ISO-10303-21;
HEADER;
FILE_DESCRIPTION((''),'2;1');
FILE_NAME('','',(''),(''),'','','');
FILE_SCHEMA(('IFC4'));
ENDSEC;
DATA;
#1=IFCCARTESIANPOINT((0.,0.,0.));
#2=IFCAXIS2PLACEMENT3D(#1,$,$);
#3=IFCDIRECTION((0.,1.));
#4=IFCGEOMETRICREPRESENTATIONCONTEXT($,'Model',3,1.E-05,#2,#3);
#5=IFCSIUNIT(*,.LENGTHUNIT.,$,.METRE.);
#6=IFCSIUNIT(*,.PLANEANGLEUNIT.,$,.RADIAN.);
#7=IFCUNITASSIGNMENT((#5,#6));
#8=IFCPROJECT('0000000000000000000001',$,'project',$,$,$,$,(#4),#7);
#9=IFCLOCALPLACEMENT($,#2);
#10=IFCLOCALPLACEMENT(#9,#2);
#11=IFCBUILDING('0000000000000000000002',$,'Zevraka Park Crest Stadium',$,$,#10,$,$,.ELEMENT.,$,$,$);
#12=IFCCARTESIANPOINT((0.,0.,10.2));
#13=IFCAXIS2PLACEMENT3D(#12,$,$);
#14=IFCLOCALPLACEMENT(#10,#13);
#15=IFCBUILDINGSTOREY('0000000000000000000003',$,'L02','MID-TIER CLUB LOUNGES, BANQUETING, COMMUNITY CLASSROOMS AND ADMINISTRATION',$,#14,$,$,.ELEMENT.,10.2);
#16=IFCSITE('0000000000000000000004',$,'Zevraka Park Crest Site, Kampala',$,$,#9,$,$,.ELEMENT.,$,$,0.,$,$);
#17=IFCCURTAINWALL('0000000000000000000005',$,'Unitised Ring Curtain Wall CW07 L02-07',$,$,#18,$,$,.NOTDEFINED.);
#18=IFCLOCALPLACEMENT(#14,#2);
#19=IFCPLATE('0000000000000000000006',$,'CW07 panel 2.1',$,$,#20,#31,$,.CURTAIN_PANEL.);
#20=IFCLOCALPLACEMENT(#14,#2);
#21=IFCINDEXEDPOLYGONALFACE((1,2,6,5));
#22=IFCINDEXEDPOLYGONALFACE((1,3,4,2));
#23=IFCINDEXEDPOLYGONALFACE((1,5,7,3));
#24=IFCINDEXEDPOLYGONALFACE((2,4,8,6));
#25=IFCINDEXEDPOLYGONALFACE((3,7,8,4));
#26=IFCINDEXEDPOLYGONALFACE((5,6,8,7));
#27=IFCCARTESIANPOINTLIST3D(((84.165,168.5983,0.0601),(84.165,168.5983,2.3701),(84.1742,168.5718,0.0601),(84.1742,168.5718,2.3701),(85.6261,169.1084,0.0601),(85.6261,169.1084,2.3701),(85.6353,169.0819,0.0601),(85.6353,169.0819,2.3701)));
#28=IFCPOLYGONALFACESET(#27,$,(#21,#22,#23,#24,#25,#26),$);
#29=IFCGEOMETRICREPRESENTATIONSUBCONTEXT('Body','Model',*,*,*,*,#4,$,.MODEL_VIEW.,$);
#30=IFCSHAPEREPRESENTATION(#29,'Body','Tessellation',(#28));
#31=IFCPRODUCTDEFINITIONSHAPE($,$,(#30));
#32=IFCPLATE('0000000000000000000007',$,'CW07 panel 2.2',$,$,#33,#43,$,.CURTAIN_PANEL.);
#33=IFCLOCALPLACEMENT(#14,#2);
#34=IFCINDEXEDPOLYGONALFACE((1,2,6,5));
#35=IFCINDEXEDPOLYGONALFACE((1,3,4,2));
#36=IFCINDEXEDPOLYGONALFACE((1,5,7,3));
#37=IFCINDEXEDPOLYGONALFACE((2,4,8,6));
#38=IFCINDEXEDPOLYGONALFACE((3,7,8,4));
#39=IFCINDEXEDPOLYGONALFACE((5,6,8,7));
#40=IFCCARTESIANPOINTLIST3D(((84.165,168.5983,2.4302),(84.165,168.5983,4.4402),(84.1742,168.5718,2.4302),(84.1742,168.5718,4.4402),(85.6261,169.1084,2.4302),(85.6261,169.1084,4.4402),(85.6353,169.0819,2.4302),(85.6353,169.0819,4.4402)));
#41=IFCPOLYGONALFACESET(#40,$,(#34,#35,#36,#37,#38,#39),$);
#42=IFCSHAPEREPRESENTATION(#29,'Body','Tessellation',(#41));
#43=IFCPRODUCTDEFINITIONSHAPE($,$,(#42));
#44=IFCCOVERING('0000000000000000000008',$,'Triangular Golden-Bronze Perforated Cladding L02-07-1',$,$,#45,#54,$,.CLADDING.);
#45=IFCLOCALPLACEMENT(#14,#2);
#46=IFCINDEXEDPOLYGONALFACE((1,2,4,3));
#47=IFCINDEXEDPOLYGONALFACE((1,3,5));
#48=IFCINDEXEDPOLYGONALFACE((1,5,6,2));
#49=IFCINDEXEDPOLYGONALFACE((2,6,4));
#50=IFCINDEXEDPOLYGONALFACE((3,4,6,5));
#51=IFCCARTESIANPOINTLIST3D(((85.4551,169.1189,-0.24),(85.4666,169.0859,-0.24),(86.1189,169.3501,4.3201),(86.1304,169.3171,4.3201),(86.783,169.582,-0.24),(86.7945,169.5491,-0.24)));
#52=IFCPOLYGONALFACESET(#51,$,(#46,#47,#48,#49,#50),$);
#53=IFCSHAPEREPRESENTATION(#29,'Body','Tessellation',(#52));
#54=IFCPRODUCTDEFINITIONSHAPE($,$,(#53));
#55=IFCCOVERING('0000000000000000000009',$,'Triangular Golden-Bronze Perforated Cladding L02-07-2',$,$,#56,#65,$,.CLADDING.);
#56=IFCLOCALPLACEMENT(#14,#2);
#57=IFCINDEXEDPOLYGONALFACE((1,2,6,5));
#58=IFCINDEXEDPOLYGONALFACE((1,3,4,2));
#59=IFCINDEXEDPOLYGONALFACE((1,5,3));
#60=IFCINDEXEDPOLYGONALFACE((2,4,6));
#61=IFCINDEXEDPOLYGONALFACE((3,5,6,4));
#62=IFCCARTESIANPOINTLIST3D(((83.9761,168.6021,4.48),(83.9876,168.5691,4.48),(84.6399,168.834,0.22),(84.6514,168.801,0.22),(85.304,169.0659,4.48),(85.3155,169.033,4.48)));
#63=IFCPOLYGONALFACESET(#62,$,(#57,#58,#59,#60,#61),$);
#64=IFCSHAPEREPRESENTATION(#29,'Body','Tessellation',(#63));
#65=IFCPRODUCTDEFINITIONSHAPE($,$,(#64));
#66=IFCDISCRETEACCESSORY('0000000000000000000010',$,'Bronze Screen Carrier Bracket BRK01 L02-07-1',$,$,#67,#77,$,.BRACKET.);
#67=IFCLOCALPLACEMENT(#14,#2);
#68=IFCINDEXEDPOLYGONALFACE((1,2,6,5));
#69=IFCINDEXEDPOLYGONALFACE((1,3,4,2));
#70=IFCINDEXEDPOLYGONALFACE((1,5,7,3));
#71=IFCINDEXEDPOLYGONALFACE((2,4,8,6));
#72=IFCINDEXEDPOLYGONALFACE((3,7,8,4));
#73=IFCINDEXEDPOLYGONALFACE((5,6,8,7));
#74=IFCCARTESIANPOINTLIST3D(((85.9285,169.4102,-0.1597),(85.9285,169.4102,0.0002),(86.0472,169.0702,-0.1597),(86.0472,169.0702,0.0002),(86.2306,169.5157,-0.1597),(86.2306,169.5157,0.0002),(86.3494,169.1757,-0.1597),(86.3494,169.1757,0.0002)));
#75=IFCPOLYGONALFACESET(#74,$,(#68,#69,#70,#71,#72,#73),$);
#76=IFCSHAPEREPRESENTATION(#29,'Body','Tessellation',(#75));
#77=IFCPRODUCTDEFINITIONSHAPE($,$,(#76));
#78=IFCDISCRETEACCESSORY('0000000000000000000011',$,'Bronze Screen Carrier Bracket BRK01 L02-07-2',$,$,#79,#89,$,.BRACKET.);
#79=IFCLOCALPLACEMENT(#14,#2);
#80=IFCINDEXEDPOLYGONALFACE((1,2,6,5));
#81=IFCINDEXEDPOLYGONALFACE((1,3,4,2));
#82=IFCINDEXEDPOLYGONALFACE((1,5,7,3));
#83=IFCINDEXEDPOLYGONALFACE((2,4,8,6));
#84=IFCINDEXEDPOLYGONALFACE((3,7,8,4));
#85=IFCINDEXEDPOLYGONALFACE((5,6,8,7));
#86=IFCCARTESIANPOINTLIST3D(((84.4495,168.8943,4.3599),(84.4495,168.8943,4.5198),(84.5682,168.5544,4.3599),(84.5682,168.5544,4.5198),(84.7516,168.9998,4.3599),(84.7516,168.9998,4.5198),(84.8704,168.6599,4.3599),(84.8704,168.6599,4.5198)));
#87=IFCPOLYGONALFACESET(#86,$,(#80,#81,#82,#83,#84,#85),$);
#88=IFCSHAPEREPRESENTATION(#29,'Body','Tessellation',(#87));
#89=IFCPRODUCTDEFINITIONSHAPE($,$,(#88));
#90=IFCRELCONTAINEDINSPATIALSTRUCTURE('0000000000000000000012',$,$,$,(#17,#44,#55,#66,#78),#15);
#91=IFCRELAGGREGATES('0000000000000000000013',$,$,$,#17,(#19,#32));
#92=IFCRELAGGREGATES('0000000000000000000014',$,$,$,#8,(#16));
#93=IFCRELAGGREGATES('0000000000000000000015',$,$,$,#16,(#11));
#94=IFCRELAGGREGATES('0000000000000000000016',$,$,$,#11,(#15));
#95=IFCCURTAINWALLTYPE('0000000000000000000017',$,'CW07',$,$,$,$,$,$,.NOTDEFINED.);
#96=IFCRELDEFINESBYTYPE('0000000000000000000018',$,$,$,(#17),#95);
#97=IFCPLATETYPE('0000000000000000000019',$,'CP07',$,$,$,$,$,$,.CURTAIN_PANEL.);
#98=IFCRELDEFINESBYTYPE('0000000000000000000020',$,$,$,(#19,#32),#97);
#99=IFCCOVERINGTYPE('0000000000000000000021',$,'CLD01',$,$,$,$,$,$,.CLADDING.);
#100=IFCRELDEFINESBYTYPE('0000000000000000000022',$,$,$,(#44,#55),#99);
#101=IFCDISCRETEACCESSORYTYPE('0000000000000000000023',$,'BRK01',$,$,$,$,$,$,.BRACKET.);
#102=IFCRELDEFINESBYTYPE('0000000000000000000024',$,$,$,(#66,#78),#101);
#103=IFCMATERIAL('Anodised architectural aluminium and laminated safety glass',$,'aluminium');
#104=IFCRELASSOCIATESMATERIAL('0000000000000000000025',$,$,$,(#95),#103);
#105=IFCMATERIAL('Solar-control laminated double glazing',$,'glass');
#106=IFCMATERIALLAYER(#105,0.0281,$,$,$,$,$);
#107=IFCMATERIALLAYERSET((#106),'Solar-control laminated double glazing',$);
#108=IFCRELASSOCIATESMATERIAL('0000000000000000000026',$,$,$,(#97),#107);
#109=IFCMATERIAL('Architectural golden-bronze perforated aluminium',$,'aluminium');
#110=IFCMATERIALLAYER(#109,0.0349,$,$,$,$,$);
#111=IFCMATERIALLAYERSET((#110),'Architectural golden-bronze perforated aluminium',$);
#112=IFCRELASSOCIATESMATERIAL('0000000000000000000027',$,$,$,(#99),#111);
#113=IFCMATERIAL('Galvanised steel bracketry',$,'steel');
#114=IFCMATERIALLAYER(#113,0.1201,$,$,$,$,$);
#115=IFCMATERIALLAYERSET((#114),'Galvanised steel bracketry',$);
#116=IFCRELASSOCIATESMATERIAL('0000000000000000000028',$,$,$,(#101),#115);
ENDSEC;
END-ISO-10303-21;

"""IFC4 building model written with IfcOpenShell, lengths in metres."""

from ifc_helpers import new_model, si_unit, direction, frame, origin, origin_2d, place, context, subcontext, project, spatial, polyline, rectangle, outline, extrude, material, layer, layer_set, type_object, element, aggregate, save


model = new_model("IFC4")

# Units and contexts
model_context = context("Model", 3, precision=1e-05, world=origin(), true_north=direction((0.0, 1.0)))
body_context = subcontext(model_context, "Body", "Model", "MODEL_VIEW")
ifc_project = project(units=[si_unit("LENGTHUNIT", "METRE"), si_unit("PLANEANGLEUNIT", "RADIAN")], contexts=[model_context])

# Site, building, storey
site_placement = place(None, origin())
site = spatial("IfcSite", under=ifc_project, at=site_placement, Name="Zevraka Park Crest Site, Kampala", CompositionType="ELEMENT", RefElevation=0.0)
building_placement = place(site_placement, origin())
building = spatial("IfcBuilding", under=site, at=building_placement, Name="Zevraka Park Crest Stadium", CompositionType="ELEMENT")
storey_placement = place(building_placement, frame((0.0, 0.0, 10.2)))
storey = spatial("IfcBuildingStorey", under=building, at=storey_placement, Name="L02", Description="MID-TIER CLUB LOUNGES, BANQUETING, COMMUNITY CLASSROOMS AND ADMINISTRATION", CompositionType="ELEMENT", Elevation=10.2)

# Curtain wall
ifc_material_1 = material(Name="Anodised architectural aluminium and laminated safety glass", Category="aluminium")
curtain_wall_type_1 = type_object("IfcCurtainWallType", Name="CW07", PredefinedType="NOTDEFINED", material=ifc_material_1)
curtain_wall_1_placement = place(storey_placement, origin())
curtain_wall_1 = element("IfcCurtainWall", 1, at=curtain_wall_1_placement, inside=storey, type_object=curtain_wall_type_1, Name="Unitised Ring Curtain Wall CW07 L02-07", PredefinedType="NOTDEFINED")

# Plates
ifc_material_2 = material(Name="Solar-control laminated double glazing", Category="glass")
ifc_layer_1 = layer(ifc_material_2, 0.0281)
ifc_layer_set_1 = layer_set([ifc_layer_1], Name="Solar-control laminated double glazing")
plate_type_1 = type_object("IfcPlateType", Name="CP07", PredefinedType="CURTAIN_PANEL", material=ifc_layer_set_1)
plate_1_placement = place(storey_placement, frame((84.9001, 168.8401, 0.0601), z_axis=(0.0, 0.0, 1.0), x_axis=(-0.944114, -0.329619, 0.0)))
plate_1 = element("IfcPlate", 2, at=plate_1_placement, type_object=plate_type_1, Name="CW07 panel 2.1", PredefinedType="CURTAIN_PANEL", context=body_context, shape_type="SweptSolid", body=[
    extrude(rectangle(XDim=1.5476, YDim=0.0281, at=origin_2d()), origin(), (0.0, 0.0, 1.0), 2.3101),
])
plate_2_placement = place(storey_placement, frame((84.9001, 168.8401, 2.4302), z_axis=(0.0, 0.0, 1.0), x_axis=(-0.944114, -0.329619, 0.0)))
plate_2 = element("IfcPlate", 3, at=plate_2_placement, type_object=plate_type_1, Name="CW07 panel 2.2", PredefinedType="CURTAIN_PANEL", context=body_context, shape_type="SweptSolid", body=[
    extrude(rectangle(XDim=1.5476, YDim=0.0281, at=origin_2d()), origin(), (0.0, 0.0, 1.0), 2.01),
])
aggregate(curtain_wall_1, [plate_1, plate_2])

# Coverings
ifc_material_3 = material(Name="Architectural golden-bronze perforated aluminium", Category="aluminium")
ifc_layer_2 = layer(ifc_material_3, 0.0349)
ifc_layer_set_2 = layer_set([ifc_layer_2], Name="Architectural golden-bronze perforated aluminium")
covering_type = type_object("IfcCoveringType", Name="CLD01", PredefinedType="CLADDING", material=ifc_layer_set_2)
covering_1_placement = place(storey_placement, frame((86.783, 169.582, -0.24), z_axis=(-0.329322, 0.944218, 0.000067), x_axis=(-0.944218, -0.329322, 0.0)))
element("IfcCovering", 4, at=covering_1_placement, inside=storey, type_object=covering_type, Name="Triangular Golden-Bronze Perforated Cladding L02-07-1", PredefinedType="CLADDING", context=body_context, shape_type="SweptSolid", body=[
    extrude(outline(polyline([(0.0, 0.0), (1.4063, 0.0), (0.7034, 4.5601), (0.0, 0.0)])), origin(), (0.0, 0.0, -1.0), 0.0349),
])
covering_2_placement = place(storey_placement, frame((83.9761, 168.6021, 4.48), z_axis=(-0.329786, 0.944056, 0.000009), x_axis=(0.944056, 0.329786, 0.0)))
element("IfcCovering", 5, at=covering_2_placement, inside=storey, type_object=covering_type, Name="Triangular Golden-Bronze Perforated Cladding L02-07-2", PredefinedType="CLADDING", context=body_context, shape_type="SweptSolid", body=[
    extrude(outline(polyline([(0.0, 0.0), (1.4066, 0.0), (0.7032, 4.26), (0.0, 0.0)])), origin(), (0.0, 0.0, -1.0), 0.0349),
])

# Discrete accessories
ifc_material_4 = material(Name="Galvanised steel bracketry", Category="steel")
ifc_layer_3 = layer(ifc_material_4, 0.1201)
ifc_layer_set_3 = layer_set([ifc_layer_3], Name="Galvanised steel bracketry")
discrete_accessory_type = type_object("IfcDiscreteAccessoryType", Name="BRK01", PredefinedType="BRACKET", material=ifc_layer_set_3)
for number, where, z_axis, x_axis, name in (
    (6, (86.1389, 169.293, -0.1597), (0.0, 0.0, 1.0), (-0.944089, -0.329691, 0.0), "Bronze Screen Carrier Bracket BRK01 L02-07-1"),
    (7, (84.6599, 168.7771, 4.3599), (0.0, 0.0, 1.0), (-0.944089, -0.329691, 0.0), "Bronze Screen Carrier Bracket BRK01 L02-07-2"),
):
    element("IfcDiscreteAccessory", number, at=place(storey_placement, frame(where, z_axis=z_axis, x_axis=x_axis)), inside=storey, type_object=discrete_accessory_type, Name=name, PredefinedType="BRACKET", context=body_context, shape_type="SweptSolid", body=[
        extrude(rectangle(XDim=0.3201, YDim=0.3601, at=origin_2d()), origin(), (0.0, 0.0, 1.0), 0.1599),
    ])

save(model, "model.ifc")
